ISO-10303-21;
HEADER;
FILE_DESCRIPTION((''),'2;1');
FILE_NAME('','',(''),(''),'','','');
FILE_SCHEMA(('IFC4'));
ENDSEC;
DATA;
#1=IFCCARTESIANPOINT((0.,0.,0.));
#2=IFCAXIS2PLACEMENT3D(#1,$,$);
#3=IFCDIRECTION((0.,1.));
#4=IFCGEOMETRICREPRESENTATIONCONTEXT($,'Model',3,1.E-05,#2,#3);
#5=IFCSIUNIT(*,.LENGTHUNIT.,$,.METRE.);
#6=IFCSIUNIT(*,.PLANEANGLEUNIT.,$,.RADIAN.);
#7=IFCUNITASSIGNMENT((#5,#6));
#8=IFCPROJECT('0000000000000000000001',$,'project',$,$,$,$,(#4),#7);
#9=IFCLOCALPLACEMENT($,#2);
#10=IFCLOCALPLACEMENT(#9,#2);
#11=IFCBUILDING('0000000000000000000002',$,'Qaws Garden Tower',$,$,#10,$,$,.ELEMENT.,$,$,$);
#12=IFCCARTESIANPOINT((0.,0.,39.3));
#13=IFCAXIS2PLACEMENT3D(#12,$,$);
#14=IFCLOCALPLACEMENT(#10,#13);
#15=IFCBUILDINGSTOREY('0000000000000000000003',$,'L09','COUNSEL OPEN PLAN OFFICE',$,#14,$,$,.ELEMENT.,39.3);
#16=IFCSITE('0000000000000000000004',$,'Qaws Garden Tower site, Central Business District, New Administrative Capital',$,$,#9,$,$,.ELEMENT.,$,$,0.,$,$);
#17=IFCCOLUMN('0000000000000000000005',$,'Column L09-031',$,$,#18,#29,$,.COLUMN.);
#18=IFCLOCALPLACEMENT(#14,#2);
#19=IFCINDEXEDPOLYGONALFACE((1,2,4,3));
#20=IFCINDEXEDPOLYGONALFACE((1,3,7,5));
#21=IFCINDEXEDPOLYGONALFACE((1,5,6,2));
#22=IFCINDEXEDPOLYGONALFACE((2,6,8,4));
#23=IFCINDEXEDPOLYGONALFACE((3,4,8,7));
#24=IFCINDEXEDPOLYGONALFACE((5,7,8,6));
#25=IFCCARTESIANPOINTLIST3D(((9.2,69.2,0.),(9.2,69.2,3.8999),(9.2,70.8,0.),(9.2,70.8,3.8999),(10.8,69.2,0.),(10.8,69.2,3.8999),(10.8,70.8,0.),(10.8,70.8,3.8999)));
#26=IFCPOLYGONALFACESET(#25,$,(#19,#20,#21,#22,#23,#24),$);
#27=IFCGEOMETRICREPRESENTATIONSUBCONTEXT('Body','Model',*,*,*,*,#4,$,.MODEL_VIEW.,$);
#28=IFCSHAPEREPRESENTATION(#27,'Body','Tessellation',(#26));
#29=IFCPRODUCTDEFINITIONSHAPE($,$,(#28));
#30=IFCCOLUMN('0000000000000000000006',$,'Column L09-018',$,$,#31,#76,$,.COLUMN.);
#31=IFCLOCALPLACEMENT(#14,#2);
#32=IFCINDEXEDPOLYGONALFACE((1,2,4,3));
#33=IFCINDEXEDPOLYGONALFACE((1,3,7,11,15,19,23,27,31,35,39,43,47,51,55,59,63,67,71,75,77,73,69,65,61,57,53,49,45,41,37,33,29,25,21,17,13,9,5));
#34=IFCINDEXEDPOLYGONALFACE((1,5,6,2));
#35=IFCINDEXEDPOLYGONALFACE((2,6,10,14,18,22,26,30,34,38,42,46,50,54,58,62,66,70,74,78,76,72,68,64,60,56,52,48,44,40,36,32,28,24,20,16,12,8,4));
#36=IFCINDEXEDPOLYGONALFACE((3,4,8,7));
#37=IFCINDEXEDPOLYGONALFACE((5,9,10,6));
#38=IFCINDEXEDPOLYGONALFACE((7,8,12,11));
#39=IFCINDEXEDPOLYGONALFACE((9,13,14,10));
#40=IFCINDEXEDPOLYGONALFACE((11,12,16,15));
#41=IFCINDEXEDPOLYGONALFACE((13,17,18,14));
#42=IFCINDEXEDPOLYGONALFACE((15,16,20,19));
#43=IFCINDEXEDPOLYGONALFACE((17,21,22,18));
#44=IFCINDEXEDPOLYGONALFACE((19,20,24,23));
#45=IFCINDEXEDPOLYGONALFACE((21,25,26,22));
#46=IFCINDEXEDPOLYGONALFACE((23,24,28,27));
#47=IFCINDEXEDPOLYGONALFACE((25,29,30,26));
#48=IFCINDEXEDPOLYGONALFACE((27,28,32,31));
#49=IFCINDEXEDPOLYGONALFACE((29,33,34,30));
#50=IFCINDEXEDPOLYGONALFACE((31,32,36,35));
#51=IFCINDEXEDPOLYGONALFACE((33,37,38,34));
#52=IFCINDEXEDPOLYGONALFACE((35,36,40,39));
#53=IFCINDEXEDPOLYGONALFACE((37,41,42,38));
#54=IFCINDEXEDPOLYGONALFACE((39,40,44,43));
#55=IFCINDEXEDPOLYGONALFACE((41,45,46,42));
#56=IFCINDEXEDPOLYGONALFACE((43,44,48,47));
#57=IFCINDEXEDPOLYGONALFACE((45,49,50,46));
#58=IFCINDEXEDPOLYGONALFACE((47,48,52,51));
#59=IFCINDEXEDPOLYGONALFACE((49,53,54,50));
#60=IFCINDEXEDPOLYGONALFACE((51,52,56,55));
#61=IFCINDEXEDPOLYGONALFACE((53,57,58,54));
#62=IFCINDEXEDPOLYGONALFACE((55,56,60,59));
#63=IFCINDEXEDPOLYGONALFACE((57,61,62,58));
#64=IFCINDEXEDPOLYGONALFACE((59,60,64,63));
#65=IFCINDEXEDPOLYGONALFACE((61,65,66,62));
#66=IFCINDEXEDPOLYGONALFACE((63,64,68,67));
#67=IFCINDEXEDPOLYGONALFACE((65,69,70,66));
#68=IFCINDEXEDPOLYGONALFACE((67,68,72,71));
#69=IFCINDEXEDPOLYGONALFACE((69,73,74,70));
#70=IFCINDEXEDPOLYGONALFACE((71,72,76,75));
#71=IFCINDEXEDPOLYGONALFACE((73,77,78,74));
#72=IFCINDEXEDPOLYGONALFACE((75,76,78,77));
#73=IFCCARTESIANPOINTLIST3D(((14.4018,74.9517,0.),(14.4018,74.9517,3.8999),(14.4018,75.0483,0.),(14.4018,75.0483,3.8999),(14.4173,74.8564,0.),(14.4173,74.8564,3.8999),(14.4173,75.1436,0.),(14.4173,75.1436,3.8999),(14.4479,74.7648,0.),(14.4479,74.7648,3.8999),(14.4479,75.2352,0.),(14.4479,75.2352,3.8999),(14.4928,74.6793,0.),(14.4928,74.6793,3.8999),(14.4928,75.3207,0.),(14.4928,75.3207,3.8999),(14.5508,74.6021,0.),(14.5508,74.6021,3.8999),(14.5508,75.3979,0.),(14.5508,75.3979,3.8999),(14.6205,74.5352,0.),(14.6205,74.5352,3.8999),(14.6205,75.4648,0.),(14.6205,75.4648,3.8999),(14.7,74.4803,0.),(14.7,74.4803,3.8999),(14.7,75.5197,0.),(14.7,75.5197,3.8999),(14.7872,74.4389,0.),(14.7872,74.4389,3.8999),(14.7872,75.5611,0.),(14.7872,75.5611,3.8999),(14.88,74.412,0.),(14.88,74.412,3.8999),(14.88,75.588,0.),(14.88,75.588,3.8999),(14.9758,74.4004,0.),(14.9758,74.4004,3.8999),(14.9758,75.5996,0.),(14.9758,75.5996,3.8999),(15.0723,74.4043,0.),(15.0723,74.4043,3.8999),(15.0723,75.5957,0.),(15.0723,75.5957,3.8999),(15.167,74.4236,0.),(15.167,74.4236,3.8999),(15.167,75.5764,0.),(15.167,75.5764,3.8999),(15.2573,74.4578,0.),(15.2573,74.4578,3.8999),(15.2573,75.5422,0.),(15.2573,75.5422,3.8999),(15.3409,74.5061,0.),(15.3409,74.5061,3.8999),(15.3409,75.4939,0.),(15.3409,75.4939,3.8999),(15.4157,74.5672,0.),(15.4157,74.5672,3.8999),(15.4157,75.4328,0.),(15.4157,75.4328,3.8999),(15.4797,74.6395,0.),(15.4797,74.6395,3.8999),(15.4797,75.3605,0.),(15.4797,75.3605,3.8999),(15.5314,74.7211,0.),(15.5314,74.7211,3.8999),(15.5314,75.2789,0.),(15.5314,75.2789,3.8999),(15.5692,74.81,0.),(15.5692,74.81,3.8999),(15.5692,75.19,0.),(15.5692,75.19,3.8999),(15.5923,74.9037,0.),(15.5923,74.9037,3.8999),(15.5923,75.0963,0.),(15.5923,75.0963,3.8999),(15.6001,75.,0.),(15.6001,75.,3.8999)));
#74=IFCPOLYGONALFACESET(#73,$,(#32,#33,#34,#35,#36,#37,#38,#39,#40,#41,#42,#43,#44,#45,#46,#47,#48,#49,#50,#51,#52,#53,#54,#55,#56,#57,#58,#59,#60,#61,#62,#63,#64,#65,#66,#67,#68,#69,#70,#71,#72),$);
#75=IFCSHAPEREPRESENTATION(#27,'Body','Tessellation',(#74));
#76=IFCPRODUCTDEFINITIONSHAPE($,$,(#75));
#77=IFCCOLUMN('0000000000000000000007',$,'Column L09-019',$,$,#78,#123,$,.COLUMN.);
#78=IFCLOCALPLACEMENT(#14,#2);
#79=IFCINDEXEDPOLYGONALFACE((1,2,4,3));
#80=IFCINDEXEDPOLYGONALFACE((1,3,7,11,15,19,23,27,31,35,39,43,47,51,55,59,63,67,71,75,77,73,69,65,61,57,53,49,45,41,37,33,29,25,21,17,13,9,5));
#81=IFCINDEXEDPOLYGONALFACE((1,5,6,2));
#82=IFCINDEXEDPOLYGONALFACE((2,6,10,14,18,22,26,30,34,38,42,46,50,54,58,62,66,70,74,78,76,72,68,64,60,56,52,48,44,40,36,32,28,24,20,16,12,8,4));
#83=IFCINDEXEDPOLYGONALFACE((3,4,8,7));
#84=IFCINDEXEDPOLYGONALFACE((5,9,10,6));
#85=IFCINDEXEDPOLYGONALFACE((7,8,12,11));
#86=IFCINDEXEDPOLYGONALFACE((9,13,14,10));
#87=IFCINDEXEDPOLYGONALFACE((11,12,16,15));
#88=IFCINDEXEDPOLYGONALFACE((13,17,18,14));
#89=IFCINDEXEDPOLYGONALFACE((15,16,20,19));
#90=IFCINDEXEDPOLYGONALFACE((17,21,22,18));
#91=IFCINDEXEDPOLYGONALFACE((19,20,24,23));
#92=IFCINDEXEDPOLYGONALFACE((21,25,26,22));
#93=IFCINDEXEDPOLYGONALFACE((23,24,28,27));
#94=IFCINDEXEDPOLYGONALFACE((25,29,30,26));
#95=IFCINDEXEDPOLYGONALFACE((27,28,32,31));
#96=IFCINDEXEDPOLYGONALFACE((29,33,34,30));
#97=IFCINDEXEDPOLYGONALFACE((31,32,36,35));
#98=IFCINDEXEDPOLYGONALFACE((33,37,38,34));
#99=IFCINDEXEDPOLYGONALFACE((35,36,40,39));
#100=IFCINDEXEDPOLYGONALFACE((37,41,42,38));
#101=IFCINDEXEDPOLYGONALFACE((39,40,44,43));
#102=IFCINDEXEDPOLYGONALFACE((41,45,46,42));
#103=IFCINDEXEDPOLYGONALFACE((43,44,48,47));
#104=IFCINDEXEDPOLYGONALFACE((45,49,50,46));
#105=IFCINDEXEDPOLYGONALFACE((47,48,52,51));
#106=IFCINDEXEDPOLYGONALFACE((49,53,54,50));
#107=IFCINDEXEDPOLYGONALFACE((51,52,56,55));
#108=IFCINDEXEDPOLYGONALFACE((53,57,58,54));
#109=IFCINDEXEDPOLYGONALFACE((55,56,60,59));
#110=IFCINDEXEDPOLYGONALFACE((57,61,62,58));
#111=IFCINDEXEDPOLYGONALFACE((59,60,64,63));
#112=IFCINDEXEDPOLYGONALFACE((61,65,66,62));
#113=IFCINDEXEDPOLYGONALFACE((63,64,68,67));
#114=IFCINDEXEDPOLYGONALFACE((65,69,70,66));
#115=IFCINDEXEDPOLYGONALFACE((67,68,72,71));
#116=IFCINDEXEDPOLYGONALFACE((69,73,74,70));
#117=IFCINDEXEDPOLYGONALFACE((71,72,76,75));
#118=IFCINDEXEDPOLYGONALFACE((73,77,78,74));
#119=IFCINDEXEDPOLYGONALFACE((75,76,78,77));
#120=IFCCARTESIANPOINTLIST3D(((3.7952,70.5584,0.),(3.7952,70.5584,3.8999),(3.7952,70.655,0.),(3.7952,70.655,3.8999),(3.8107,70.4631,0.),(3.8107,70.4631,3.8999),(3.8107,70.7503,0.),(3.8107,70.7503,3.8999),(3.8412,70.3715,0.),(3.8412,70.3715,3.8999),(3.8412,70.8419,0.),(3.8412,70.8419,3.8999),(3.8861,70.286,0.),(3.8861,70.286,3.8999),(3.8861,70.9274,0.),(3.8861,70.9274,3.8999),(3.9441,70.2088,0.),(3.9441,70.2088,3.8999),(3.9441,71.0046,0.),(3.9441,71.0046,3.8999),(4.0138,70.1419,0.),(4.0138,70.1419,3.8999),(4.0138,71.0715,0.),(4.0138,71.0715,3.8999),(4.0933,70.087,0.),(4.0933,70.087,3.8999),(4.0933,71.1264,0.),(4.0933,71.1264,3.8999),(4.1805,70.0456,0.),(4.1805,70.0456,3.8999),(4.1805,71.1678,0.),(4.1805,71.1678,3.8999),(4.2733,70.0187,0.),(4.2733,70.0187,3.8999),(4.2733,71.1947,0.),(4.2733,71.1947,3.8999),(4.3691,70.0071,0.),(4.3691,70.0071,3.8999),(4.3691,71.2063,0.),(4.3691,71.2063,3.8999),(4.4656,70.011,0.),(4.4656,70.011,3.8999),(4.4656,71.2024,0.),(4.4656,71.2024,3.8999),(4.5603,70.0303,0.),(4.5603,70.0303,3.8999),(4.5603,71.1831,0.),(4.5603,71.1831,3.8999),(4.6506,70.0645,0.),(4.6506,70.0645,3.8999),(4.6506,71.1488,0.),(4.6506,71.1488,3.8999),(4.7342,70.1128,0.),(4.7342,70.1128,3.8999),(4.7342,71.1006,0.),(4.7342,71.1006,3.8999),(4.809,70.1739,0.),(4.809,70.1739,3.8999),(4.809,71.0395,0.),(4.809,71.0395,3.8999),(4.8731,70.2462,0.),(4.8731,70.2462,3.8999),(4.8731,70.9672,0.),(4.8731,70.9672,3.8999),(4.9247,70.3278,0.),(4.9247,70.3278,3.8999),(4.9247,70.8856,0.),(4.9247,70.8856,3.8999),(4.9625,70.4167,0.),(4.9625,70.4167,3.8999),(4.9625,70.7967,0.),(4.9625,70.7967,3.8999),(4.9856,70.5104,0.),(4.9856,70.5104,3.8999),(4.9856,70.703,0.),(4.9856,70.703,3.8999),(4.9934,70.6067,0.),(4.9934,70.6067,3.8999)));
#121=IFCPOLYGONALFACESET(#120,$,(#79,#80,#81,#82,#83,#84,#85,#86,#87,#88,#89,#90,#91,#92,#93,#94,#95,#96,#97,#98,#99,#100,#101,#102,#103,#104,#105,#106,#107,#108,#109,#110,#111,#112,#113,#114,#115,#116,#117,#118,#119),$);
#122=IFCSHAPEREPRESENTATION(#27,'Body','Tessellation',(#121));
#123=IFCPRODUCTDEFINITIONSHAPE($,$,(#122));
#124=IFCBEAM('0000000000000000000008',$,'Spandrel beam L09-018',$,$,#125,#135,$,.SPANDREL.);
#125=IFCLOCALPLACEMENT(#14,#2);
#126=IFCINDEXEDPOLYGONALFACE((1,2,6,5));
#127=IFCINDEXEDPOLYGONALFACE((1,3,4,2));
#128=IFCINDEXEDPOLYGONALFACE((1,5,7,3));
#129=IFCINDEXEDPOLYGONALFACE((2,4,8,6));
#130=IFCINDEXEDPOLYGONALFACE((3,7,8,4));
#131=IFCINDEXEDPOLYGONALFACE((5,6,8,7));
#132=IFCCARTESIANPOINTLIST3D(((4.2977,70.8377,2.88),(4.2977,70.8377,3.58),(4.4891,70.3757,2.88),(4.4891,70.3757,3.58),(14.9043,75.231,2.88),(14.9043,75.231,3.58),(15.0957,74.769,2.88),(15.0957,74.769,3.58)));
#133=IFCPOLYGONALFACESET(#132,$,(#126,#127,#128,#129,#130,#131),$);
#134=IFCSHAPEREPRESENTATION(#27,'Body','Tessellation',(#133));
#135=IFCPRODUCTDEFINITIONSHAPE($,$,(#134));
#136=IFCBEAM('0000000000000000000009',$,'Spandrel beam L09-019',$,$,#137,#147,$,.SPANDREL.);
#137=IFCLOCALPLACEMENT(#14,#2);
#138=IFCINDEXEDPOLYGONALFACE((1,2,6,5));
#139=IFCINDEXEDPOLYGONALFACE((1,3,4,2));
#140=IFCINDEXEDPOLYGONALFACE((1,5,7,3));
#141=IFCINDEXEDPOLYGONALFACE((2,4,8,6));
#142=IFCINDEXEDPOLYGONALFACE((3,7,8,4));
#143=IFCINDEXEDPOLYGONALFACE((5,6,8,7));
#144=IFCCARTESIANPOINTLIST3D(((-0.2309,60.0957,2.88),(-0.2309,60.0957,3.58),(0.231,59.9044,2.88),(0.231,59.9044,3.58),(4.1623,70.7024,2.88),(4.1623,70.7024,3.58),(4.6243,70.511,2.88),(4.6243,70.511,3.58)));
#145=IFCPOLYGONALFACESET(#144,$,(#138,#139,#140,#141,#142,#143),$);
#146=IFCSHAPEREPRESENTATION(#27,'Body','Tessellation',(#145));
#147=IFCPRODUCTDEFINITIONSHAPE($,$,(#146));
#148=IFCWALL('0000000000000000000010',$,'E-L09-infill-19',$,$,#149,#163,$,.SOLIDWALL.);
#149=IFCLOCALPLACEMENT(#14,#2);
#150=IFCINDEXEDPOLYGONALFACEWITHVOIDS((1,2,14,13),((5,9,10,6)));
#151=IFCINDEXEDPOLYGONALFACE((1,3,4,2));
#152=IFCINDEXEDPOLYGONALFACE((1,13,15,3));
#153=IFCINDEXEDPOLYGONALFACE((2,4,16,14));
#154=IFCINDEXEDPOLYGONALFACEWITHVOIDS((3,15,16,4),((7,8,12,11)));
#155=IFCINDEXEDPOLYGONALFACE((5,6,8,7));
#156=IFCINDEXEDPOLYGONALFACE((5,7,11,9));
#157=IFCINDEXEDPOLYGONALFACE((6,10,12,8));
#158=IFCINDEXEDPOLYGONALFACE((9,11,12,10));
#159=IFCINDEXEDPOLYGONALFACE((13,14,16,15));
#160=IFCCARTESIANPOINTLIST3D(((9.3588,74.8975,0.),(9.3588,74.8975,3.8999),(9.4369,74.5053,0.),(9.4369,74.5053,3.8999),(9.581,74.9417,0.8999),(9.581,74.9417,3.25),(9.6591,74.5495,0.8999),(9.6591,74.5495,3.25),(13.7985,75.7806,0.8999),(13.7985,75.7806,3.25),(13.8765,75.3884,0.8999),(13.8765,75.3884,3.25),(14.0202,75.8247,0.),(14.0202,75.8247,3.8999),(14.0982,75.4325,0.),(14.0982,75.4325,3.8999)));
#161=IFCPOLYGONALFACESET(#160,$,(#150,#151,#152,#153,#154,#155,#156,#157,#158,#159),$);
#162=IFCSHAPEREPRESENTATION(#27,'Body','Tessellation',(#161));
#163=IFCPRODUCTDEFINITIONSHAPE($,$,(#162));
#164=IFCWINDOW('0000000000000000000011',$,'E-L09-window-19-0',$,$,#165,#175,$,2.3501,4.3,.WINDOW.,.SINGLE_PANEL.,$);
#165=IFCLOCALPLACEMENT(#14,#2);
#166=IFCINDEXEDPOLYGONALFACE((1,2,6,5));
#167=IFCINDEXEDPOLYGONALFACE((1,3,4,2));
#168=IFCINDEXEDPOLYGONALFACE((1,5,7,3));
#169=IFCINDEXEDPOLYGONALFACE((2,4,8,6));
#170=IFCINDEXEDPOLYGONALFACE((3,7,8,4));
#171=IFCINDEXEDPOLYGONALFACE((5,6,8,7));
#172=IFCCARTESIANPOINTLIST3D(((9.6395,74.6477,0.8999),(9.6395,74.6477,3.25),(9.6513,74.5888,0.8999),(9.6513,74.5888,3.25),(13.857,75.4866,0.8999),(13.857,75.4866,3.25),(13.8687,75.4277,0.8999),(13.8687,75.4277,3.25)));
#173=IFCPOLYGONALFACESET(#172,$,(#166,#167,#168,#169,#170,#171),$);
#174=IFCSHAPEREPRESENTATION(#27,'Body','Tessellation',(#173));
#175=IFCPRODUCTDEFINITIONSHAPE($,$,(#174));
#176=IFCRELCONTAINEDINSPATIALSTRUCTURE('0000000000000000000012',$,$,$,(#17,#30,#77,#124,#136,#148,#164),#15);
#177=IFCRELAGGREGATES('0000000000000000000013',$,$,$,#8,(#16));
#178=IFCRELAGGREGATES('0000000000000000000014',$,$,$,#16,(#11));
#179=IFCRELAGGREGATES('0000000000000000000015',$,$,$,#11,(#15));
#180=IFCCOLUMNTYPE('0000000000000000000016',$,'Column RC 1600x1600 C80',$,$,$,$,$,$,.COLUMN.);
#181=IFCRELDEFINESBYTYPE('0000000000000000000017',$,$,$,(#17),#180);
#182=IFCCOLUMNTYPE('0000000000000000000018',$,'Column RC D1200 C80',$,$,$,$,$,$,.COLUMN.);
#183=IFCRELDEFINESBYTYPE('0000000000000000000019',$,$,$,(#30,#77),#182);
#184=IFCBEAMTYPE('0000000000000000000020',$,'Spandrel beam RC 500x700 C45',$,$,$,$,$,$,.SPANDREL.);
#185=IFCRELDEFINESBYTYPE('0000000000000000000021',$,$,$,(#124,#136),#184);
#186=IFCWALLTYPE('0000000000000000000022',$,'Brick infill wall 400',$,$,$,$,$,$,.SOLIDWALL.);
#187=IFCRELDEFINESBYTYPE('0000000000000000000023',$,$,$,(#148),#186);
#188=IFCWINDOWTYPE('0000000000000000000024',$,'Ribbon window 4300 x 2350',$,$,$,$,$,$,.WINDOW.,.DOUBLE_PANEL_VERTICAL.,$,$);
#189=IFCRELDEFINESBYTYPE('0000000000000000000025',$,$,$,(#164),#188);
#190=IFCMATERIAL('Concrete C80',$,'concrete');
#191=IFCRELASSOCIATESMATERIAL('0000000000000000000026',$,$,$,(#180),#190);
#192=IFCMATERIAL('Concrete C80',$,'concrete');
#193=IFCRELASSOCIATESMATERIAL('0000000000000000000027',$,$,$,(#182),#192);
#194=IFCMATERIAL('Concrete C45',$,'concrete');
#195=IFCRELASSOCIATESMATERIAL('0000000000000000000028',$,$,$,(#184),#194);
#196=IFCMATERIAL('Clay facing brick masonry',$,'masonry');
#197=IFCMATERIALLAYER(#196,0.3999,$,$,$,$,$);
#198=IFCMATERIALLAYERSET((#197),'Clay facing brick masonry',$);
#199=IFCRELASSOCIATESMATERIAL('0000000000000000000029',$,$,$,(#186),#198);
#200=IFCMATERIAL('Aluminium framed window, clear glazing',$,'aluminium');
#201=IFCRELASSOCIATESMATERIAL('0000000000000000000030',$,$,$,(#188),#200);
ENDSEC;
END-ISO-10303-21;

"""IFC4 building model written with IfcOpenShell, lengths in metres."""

from ifc_helpers import new_model, si_unit, direction, frame, frame_2d, origin, origin_2d, place, context, subcontext, project, spatial, rectangle, circle, extrude, material, layer, layer_set, material_profile, profile_set, type_object, element, fill, save


model = new_model("IFC4")

# Units and contexts
model_context = context("Model", 3, precision=1e-05, world=origin(), true_north=direction((0.0, 1.0)))
body_context = subcontext(model_context, "Body", "Model", "MODEL_VIEW")
ifc_project = project(units=[si_unit("LENGTHUNIT", "METRE"), si_unit("PLANEANGLEUNIT", "RADIAN")], contexts=[model_context])

# Site, building, storey
site_placement = place(None, origin())
site = spatial("IfcSite", under=ifc_project, at=site_placement, Name="Qaws Garden Tower site, Central Business District, New Administrative Capital", CompositionType="ELEMENT", RefElevation=0.0)
building_placement = place(site_placement, origin())
building = spatial("IfcBuilding", under=site, at=building_placement, Name="Qaws Garden Tower", CompositionType="ELEMENT")
storey_placement = place(building_placement, frame((0.0, 0.0, 39.3)))
storey = spatial("IfcBuildingStorey", under=building, at=storey_placement, Name="L09", Description="COUNSEL OPEN PLAN OFFICE", CompositionType="ELEMENT", Elevation=39.3)

# Columns
ifc_material_1 = material(Name="Concrete C80", Category="concrete")
ifc_material_profile_1 = material_profile(ifc_material_1, rectangle(XDim=1.6001, YDim=1.6001, at=origin_2d()), Name="RC 1600x1600")
ifc_profile_set_1 = profile_set([ifc_material_profile_1], Name="Concrete C80")
column_type_1 = type_object("IfcColumnType", Name="Column RC 1600x1600 C80", PredefinedType="COLUMN", material=ifc_profile_set_1)
column_placement = place(storey_placement, frame((10.0, 70.0, 0.0), z_axis=(0.0, 0.0, 1.0), x_axis=(1.0, 0.0, 0.0)))
element("IfcColumn", 1, at=column_placement, inside=storey, type_object=column_type_1, Name="Column L09-031", PredefinedType="COLUMN", context=body_context, shape_type="SweptSolid", body=[
    extrude(rectangle(XDim=1.6001, YDim=1.6001, at=origin_2d()), origin(), (0.0, 0.0, 1.0), 3.8999),
])
ifc_material_2 = material(Name="Concrete C80", Category="concrete")
ifc_material_profile_2 = material_profile(ifc_material_2, circle(Radius=0.6001, at=origin_2d()), Name="RC D1200")
ifc_profile_set_2 = profile_set([ifc_material_profile_2], Name="Concrete C80")
column_type_2 = type_object("IfcColumnType", Name="Column RC D1200 C80", PredefinedType="COLUMN", material=ifc_profile_set_2)
for number, where, z_axis, x_axis, name in (
    (2, (15.0, 75.0, 0.0), (0.0, 0.0, 1.0), (1.0, 0.0, 0.0), "Column L09-018"),
    (3, (4.3933, 70.6067, 0.0), (0.0, 0.0, 1.0), (1.0, 0.0, 0.0), "Column L09-019"),
):
    element("IfcColumn", number, at=place(storey_placement, frame(where, z_axis=z_axis, x_axis=x_axis)), inside=storey, type_object=column_type_2, Name=name, PredefinedType="COLUMN", context=body_context, shape_type="SweptSolid", body=[
        extrude(circle(Radius=0.6001, at=origin_2d()), origin(), (0.0, 0.0, 1.0), 3.8999),
    ])

# Beams
ifc_material_3 = material(Name="Concrete C45", Category="concrete")
ifc_material_profile_3 = material_profile(ifc_material_3, rectangle(XDim=0.5, YDim=0.7, at=origin_2d()), Name="RC 500x700")
ifc_profile_set_3 = profile_set([ifc_material_profile_3], Name="Concrete C45")
beam_type = type_object("IfcBeamType", Name="Spandrel beam RC 500x700 C45", PredefinedType="SPANDREL", material=ifc_profile_set_3)
for number, where, z_axis, x_axis, name in (
    (4, (15.0, 75.0, 3.23), (-0.923883, -0.382674, 0.0), (0.382674, -0.923883, 0.0), "Spandrel beam L09-018"),
    (5, (4.3933, 70.6067, 3.23), (-0.382674, -0.923883, 0.0), (0.923883, -0.382674, 0.0), "Spandrel beam L09-019"),
):
    element("IfcBeam", number, at=place(storey_placement, frame(where, z_axis=z_axis, x_axis=x_axis)), inside=storey, type_object=beam_type, Name=name, PredefinedType="SPANDREL", context=body_context, shape_type="SweptSolid", body=[
        extrude(rectangle(XDim=0.5, YDim=0.7, at=origin_2d()), origin(), (0.0, 0.0, 1.0), 11.4805),
    ])

# Wall, opening, window
ifc_material_4 = material(Name="Clay facing brick masonry", Category="masonry")
ifc_layer_1 = layer(ifc_material_4, 0.3999)
ifc_layer_set_1 = layer_set([ifc_layer_1], Name="Clay facing brick masonry")
wall_type_1 = type_object("IfcWallType", Name="Brick infill wall 400", PredefinedType="SOLIDWALL", material=ifc_layer_set_1)
wall_1_placement = place(storey_placement, frame((14.0593, 75.6287, 0.0), z_axis=(0.0, 0.0, 1.0), x_axis=(-0.980784, -0.195099, 0.0)))
wall_1 = element("IfcWall", 6, at=wall_1_placement, inside=storey, type_object=wall_type_1, Name="E-L09-infill-19", PredefinedType="SOLIDWALL", context=body_context, shape_type="SweptSolid", body=[
    extrude(rectangle(XDim=4.7527, YDim=0.3999, at=frame_2d((2.3765, 0.0))), origin(), (0.0, 0.0, 1.0), 3.8999),
])
opening_1_placement = place(wall_1_placement, frame((0.2263, 0.0, 0.8999)))
opening_1 = element("IfcOpeningElement", 7, at=opening_1_placement, cuts=wall_1, PredefinedType="OPENING", context=body_context, shape_type="SweptSolid", body=[
    extrude(rectangle(XDim=4.3, YDim=2.3501, at=frame_2d((2.1499, 1.175))), frame((0.0, 0.21, 0.0), z_axis=(0.0, -1.0, 0.0), x_axis=(1.0, 0.0, 0.0)), (0.0, 0.0, 1.0), 0.4199),
])
ifc_material_5 = material(Name="Aluminium framed window, clear glazing", Category="aluminium")
window_type = type_object("IfcWindowType", Name="Ribbon window 4300 x 2350", PartitioningType="DOUBLE_PANEL_VERTICAL", PredefinedType="WINDOW", material=ifc_material_5)
window_1_placement = place(opening_1_placement, origin())
window_1 = element("IfcWindow", 8, at=window_1_placement, inside=storey, type_object=window_type, Name="E-L09-window-19-0", OverallHeight=2.3501, OverallWidth=4.3, PartitioningType="SINGLE_PANEL", PredefinedType="WINDOW", context=body_context, shape_type="SweptSolid", body=[
    extrude(rectangle(XDim=4.3, YDim=2.3501, at=frame_2d((2.1499, 1.175))), frame((0.0, 0.1599, 0.0), z_axis=(0.0, -1.0, 0.0), x_axis=(1.0, 0.0, 0.0)), (0.0, 0.0, 1.0), 0.0601),
])
fill(opening_1, window_1)

save(model, "model.ifc")
